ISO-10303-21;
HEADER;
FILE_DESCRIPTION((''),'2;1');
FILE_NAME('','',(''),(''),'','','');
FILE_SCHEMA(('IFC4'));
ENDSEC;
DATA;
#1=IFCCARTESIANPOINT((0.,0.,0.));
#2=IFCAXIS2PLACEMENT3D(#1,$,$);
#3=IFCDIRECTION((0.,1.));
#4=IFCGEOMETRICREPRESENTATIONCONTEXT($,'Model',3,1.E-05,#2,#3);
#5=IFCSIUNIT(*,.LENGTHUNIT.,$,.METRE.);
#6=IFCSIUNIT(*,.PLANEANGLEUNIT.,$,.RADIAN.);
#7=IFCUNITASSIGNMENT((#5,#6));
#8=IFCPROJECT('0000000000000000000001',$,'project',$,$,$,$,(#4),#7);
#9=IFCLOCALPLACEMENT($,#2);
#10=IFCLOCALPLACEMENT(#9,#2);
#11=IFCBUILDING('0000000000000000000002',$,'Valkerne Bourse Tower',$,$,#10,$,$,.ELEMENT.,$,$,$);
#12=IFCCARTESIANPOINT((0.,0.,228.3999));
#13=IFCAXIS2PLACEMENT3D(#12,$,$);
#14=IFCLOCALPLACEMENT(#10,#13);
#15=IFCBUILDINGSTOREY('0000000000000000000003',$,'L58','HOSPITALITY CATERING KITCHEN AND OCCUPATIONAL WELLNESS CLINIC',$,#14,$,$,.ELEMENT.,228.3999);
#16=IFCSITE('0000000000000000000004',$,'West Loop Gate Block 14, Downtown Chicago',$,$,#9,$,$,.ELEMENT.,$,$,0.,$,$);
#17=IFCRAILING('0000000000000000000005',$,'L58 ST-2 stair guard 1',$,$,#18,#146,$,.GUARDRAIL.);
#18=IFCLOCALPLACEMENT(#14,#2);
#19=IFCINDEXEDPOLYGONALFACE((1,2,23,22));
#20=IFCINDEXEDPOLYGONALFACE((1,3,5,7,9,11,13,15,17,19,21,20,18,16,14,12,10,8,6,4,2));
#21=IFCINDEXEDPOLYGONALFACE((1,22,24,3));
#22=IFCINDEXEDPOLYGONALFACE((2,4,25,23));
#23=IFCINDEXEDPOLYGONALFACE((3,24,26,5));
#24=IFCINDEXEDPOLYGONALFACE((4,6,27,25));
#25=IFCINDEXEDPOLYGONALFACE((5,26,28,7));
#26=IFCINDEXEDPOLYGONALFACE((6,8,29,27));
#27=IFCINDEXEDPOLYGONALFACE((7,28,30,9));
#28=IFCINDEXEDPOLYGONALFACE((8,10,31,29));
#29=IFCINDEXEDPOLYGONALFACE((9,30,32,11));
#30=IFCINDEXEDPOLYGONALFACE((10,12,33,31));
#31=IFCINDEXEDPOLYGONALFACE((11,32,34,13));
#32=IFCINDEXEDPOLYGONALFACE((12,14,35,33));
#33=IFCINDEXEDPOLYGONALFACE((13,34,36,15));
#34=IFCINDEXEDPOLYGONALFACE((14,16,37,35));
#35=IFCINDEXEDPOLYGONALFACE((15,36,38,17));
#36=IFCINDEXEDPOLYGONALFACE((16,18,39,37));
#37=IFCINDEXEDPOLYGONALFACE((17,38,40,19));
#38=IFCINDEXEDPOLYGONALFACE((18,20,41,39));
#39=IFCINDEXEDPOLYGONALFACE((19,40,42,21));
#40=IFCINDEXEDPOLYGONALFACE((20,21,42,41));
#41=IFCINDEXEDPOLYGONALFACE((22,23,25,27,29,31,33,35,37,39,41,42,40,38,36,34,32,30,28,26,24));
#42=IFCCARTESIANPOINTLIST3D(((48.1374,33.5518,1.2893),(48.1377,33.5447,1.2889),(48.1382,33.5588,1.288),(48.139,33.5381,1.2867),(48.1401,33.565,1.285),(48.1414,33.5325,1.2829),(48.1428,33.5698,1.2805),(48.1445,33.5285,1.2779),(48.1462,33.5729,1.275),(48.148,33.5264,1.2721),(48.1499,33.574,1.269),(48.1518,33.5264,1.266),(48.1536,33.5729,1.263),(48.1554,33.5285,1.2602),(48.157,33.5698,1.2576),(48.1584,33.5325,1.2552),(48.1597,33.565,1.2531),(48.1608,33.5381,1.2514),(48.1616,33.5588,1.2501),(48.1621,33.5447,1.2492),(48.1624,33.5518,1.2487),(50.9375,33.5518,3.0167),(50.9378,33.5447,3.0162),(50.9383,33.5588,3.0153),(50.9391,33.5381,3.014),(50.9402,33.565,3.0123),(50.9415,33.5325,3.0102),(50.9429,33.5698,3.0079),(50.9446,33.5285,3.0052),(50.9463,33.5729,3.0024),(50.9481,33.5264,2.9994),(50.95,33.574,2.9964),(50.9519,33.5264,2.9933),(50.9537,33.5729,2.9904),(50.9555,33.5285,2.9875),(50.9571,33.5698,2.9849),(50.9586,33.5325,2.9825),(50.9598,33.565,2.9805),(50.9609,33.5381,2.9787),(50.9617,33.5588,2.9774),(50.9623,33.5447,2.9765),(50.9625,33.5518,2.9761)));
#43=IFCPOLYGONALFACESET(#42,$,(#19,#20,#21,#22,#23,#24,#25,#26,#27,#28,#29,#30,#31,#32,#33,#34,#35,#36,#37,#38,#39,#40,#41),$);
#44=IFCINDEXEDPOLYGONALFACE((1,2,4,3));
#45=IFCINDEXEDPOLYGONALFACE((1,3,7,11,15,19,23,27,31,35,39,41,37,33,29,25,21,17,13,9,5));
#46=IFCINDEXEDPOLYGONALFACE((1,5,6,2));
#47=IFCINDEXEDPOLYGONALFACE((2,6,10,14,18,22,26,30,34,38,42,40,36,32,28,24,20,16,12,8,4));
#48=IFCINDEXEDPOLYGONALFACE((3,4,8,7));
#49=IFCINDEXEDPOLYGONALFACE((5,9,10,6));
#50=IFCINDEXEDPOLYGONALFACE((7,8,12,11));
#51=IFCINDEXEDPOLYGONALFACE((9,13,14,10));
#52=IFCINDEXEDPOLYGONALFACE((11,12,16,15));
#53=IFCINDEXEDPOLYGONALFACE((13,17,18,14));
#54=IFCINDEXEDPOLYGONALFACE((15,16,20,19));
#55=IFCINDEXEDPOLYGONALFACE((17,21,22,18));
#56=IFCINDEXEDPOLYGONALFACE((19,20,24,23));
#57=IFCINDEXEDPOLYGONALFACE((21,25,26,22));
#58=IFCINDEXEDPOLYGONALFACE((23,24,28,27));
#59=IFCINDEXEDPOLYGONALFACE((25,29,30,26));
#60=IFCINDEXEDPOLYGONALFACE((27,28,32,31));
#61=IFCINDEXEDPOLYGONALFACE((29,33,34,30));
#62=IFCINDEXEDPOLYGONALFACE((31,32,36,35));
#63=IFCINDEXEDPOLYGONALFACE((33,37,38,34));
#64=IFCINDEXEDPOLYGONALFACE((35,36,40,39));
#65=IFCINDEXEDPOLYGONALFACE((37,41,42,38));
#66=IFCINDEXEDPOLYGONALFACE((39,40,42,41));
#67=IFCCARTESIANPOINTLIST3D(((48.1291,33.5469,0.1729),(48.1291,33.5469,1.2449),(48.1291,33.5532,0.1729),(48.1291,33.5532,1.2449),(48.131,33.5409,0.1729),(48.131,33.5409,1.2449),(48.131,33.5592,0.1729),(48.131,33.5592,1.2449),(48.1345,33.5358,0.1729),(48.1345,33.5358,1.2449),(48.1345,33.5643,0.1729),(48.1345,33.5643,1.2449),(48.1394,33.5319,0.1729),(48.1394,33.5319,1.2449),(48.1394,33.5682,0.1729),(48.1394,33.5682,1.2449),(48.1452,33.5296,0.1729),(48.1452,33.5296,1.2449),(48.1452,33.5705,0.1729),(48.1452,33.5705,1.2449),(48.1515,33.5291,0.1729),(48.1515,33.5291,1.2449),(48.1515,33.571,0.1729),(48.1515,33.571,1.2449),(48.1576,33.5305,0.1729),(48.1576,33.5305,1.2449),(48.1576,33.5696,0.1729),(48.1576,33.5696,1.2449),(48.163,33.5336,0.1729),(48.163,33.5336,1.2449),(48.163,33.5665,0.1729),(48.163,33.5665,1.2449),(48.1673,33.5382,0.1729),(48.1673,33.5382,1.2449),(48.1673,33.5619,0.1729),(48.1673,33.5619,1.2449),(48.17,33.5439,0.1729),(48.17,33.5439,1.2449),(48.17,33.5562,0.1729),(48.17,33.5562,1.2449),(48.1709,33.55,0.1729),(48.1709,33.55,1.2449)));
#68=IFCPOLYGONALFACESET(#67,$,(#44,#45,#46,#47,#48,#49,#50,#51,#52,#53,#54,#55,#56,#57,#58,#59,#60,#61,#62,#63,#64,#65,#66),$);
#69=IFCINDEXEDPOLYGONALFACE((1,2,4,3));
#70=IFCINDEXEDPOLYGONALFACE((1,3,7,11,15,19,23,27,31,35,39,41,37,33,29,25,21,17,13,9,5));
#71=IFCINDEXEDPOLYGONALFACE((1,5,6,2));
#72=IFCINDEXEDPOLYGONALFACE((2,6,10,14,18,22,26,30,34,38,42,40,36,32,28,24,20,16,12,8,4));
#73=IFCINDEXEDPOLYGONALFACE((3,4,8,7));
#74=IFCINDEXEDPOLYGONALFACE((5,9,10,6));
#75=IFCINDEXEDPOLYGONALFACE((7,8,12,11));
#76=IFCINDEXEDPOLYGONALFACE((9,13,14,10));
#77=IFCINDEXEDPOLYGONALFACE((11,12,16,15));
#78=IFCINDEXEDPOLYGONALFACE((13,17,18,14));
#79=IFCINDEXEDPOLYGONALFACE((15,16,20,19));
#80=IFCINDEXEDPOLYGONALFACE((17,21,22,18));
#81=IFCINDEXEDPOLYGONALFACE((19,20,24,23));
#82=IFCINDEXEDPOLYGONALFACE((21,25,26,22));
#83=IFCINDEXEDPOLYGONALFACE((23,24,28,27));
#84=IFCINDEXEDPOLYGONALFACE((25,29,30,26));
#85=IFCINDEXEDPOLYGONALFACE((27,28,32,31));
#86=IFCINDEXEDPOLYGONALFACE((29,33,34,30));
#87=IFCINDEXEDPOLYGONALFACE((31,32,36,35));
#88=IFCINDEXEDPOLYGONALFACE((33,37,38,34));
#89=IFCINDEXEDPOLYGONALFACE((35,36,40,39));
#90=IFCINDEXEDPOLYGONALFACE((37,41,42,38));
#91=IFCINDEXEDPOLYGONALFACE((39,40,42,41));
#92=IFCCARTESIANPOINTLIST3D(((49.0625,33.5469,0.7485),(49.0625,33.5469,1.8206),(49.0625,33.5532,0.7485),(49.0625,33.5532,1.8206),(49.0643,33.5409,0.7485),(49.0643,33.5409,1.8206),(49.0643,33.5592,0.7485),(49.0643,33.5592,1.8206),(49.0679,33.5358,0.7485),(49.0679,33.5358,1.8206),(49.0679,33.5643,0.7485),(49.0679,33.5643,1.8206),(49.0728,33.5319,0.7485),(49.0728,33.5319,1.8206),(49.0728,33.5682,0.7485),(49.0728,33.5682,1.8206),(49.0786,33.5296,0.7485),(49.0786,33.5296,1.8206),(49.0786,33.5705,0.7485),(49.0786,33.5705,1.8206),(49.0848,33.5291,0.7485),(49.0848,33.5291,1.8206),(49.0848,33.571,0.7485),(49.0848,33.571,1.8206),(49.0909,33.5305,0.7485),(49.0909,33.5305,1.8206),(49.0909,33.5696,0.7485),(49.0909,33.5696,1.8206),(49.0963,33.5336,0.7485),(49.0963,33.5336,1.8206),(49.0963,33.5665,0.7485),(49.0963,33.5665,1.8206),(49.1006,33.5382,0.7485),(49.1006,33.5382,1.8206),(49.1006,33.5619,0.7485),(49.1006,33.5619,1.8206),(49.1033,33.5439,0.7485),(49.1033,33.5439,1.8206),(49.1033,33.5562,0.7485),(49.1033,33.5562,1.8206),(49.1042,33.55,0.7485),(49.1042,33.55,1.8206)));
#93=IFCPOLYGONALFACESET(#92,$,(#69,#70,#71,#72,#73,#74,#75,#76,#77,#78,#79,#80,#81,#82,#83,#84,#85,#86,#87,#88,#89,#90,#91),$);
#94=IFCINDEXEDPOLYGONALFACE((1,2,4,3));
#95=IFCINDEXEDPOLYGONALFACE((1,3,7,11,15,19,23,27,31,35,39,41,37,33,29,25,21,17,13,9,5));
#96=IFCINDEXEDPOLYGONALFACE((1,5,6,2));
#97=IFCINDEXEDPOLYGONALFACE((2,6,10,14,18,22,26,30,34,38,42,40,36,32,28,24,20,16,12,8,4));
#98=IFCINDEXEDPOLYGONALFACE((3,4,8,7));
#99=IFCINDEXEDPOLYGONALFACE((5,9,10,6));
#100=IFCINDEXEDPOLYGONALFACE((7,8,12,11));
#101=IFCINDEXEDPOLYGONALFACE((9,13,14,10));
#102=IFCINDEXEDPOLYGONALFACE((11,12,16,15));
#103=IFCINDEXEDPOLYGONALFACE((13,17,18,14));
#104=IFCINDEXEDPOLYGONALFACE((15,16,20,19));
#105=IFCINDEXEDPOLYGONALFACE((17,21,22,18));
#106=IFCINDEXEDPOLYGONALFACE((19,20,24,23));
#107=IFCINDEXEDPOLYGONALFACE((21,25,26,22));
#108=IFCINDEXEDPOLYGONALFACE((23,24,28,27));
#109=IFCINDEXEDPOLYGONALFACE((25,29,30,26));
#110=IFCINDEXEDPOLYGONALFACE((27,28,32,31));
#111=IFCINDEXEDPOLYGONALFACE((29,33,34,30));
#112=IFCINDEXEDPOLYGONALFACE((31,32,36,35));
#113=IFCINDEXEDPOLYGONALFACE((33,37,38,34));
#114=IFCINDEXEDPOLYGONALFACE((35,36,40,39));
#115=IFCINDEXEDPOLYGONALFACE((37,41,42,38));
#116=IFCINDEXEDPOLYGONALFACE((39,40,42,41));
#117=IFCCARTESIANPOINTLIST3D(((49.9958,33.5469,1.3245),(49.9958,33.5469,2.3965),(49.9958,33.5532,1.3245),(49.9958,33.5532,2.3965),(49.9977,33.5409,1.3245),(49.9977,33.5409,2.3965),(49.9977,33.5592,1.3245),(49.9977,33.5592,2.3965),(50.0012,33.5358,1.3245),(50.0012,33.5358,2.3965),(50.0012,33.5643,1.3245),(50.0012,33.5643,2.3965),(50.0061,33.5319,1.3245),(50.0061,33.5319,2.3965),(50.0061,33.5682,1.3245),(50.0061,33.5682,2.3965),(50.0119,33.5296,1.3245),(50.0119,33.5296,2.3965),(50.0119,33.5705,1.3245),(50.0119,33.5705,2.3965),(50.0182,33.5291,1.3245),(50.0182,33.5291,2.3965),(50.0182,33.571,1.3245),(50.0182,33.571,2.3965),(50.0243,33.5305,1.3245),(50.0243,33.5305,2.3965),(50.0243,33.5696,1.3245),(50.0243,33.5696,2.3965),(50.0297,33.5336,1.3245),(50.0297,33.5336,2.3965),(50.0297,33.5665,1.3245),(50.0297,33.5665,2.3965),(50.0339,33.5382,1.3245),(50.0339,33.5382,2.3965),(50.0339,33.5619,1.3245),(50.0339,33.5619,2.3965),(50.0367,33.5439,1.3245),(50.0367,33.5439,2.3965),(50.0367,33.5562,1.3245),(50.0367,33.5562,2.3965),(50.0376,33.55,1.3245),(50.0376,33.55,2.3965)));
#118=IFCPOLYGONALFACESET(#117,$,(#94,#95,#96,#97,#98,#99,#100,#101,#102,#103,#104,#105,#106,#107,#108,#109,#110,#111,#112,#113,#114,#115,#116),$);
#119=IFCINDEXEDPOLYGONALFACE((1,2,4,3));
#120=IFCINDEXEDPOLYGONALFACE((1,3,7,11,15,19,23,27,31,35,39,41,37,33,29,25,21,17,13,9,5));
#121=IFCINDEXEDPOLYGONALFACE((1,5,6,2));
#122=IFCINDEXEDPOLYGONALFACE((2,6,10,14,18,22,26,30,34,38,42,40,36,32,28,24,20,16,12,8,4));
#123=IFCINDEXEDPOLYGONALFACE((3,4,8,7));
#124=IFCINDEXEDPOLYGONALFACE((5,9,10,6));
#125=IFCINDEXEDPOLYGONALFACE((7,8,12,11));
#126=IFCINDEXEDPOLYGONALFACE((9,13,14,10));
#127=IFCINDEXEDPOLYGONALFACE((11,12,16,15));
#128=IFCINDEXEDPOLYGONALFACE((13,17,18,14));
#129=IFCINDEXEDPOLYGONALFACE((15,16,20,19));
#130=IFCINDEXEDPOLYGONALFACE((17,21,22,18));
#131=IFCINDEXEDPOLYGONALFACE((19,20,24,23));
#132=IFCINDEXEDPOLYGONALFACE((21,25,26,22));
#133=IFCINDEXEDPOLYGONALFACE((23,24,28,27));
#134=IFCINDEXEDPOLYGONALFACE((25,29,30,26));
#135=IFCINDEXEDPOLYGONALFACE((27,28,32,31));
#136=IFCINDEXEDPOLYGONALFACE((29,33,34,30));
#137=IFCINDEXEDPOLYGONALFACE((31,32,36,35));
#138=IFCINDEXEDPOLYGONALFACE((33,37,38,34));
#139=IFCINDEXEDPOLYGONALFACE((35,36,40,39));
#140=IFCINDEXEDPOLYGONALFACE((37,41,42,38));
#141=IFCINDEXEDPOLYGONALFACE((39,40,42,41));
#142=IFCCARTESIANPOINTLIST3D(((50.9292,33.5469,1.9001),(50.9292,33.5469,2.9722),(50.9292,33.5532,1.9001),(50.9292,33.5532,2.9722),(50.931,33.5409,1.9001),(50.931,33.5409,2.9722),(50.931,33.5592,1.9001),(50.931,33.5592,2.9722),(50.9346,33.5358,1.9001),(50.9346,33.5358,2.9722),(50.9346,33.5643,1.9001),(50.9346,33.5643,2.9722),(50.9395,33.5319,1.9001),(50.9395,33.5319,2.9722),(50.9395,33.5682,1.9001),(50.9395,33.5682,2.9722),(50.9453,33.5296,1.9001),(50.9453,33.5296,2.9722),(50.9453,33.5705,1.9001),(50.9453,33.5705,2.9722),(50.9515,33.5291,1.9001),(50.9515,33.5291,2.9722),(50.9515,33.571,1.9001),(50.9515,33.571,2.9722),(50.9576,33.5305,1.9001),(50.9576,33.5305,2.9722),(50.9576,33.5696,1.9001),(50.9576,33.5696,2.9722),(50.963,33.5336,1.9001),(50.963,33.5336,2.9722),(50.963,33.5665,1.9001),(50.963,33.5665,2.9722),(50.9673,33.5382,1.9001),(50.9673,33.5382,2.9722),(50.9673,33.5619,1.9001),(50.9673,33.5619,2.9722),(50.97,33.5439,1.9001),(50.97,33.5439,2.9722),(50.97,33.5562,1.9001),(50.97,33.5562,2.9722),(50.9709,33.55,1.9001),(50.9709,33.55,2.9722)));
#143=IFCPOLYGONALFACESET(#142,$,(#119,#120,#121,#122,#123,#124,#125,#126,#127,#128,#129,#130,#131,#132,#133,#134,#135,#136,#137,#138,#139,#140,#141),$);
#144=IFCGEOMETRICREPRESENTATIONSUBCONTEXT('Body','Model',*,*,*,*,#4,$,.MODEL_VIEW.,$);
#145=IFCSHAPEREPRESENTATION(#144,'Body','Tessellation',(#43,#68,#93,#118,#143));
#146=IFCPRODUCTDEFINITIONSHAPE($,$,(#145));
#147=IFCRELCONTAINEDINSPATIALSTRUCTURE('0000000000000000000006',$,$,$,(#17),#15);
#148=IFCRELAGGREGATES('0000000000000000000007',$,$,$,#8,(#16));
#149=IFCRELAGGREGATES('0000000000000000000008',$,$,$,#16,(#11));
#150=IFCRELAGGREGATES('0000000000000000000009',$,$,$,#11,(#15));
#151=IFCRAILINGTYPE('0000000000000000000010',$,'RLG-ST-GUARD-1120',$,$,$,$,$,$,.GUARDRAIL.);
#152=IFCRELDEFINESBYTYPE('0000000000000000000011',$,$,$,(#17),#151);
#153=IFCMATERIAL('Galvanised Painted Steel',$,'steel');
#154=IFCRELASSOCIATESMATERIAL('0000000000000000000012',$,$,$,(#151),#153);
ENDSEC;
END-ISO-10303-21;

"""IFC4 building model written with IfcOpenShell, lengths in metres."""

from ifc_helpers import new_model, si_unit, direction, frame, origin, origin_2d, place, context, subcontext, project, spatial, circle, extrude, material, type_object, element, save


model = new_model("IFC4")

# Units and contexts
model_context = context("Model", 3, precision=1e-05, world=origin(), true_north=direction((0.0, 1.0)))
body_context = subcontext(model_context, "Body", "Model", "MODEL_VIEW")
ifc_project = project(units=[si_unit("LENGTHUNIT", "METRE"), si_unit("PLANEANGLEUNIT", "RADIAN")], contexts=[model_context])

# Site, building, storey
site_placement = place(None, origin())
site = spatial("IfcSite", under=ifc_project, at=site_placement, Name="West Loop Gate Block 14, Downtown Chicago", CompositionType="ELEMENT", RefElevation=0.0)
building_placement = place(site_placement, origin())
building = spatial("IfcBuilding", under=site, at=building_placement, Name="Valkerne Bourse Tower", CompositionType="ELEMENT")
storey_placement = place(building_placement, frame((0.0, 0.0, 228.3999)))
storey = spatial("IfcBuildingStorey", under=building, at=storey_placement, Name="L58", Description="HOSPITALITY CATERING KITCHEN AND OCCUPATIONAL WELLNESS CLINIC", CompositionType="ELEMENT", Elevation=228.3999)

# Shared definitions
ifc_material_1 = material(Name="Galvanised Painted Steel", Category="steel")

# Railing
railing_type_1 = type_object("IfcRailingType", Name="RLG-ST-GUARD-1120", PredefinedType="GUARDRAIL", material=ifc_material_1)
railing_1_placement = place(storey_placement, frame((48.1499, 33.55, 0.1729)))
element("IfcRailing", 1, at=railing_1_placement, inside=storey, type_object=railing_type_1, Name="L58 ST-2 stair guard 1", PredefinedType="GUARDRAIL", context=body_context, shape_type="SweptSolid", body=[
    extrude(circle(Radius=0.0239, at=origin_2d()), frame((0.0, 0.0, 1.0962), z_axis=(0.85109, 0.0, 0.52502), x_axis=(0.0, 1.0, 0.0)), (0.0, 0.0, 1.0), 3.29),
    extrude(circle(Radius=0.021, at=origin_2d()), origin(), (0.0, 0.0, 1.0), 1.072),
    extrude(circle(Radius=0.021, at=origin_2d()), frame((0.9333, 0.0, 0.5757)), (0.0, 0.0, 1.0), 1.072),
    extrude(circle(Radius=0.021, at=origin_2d()), frame((1.8667, 0.0, 1.1516)), (0.0, 0.0, 1.0), 1.072),
    extrude(circle(Radius=0.021, at=origin_2d()), frame((2.8, 0.0, 1.7273)), (0.0, 0.0, 1.0), 1.072),
])

save(model, "model.ifc")
